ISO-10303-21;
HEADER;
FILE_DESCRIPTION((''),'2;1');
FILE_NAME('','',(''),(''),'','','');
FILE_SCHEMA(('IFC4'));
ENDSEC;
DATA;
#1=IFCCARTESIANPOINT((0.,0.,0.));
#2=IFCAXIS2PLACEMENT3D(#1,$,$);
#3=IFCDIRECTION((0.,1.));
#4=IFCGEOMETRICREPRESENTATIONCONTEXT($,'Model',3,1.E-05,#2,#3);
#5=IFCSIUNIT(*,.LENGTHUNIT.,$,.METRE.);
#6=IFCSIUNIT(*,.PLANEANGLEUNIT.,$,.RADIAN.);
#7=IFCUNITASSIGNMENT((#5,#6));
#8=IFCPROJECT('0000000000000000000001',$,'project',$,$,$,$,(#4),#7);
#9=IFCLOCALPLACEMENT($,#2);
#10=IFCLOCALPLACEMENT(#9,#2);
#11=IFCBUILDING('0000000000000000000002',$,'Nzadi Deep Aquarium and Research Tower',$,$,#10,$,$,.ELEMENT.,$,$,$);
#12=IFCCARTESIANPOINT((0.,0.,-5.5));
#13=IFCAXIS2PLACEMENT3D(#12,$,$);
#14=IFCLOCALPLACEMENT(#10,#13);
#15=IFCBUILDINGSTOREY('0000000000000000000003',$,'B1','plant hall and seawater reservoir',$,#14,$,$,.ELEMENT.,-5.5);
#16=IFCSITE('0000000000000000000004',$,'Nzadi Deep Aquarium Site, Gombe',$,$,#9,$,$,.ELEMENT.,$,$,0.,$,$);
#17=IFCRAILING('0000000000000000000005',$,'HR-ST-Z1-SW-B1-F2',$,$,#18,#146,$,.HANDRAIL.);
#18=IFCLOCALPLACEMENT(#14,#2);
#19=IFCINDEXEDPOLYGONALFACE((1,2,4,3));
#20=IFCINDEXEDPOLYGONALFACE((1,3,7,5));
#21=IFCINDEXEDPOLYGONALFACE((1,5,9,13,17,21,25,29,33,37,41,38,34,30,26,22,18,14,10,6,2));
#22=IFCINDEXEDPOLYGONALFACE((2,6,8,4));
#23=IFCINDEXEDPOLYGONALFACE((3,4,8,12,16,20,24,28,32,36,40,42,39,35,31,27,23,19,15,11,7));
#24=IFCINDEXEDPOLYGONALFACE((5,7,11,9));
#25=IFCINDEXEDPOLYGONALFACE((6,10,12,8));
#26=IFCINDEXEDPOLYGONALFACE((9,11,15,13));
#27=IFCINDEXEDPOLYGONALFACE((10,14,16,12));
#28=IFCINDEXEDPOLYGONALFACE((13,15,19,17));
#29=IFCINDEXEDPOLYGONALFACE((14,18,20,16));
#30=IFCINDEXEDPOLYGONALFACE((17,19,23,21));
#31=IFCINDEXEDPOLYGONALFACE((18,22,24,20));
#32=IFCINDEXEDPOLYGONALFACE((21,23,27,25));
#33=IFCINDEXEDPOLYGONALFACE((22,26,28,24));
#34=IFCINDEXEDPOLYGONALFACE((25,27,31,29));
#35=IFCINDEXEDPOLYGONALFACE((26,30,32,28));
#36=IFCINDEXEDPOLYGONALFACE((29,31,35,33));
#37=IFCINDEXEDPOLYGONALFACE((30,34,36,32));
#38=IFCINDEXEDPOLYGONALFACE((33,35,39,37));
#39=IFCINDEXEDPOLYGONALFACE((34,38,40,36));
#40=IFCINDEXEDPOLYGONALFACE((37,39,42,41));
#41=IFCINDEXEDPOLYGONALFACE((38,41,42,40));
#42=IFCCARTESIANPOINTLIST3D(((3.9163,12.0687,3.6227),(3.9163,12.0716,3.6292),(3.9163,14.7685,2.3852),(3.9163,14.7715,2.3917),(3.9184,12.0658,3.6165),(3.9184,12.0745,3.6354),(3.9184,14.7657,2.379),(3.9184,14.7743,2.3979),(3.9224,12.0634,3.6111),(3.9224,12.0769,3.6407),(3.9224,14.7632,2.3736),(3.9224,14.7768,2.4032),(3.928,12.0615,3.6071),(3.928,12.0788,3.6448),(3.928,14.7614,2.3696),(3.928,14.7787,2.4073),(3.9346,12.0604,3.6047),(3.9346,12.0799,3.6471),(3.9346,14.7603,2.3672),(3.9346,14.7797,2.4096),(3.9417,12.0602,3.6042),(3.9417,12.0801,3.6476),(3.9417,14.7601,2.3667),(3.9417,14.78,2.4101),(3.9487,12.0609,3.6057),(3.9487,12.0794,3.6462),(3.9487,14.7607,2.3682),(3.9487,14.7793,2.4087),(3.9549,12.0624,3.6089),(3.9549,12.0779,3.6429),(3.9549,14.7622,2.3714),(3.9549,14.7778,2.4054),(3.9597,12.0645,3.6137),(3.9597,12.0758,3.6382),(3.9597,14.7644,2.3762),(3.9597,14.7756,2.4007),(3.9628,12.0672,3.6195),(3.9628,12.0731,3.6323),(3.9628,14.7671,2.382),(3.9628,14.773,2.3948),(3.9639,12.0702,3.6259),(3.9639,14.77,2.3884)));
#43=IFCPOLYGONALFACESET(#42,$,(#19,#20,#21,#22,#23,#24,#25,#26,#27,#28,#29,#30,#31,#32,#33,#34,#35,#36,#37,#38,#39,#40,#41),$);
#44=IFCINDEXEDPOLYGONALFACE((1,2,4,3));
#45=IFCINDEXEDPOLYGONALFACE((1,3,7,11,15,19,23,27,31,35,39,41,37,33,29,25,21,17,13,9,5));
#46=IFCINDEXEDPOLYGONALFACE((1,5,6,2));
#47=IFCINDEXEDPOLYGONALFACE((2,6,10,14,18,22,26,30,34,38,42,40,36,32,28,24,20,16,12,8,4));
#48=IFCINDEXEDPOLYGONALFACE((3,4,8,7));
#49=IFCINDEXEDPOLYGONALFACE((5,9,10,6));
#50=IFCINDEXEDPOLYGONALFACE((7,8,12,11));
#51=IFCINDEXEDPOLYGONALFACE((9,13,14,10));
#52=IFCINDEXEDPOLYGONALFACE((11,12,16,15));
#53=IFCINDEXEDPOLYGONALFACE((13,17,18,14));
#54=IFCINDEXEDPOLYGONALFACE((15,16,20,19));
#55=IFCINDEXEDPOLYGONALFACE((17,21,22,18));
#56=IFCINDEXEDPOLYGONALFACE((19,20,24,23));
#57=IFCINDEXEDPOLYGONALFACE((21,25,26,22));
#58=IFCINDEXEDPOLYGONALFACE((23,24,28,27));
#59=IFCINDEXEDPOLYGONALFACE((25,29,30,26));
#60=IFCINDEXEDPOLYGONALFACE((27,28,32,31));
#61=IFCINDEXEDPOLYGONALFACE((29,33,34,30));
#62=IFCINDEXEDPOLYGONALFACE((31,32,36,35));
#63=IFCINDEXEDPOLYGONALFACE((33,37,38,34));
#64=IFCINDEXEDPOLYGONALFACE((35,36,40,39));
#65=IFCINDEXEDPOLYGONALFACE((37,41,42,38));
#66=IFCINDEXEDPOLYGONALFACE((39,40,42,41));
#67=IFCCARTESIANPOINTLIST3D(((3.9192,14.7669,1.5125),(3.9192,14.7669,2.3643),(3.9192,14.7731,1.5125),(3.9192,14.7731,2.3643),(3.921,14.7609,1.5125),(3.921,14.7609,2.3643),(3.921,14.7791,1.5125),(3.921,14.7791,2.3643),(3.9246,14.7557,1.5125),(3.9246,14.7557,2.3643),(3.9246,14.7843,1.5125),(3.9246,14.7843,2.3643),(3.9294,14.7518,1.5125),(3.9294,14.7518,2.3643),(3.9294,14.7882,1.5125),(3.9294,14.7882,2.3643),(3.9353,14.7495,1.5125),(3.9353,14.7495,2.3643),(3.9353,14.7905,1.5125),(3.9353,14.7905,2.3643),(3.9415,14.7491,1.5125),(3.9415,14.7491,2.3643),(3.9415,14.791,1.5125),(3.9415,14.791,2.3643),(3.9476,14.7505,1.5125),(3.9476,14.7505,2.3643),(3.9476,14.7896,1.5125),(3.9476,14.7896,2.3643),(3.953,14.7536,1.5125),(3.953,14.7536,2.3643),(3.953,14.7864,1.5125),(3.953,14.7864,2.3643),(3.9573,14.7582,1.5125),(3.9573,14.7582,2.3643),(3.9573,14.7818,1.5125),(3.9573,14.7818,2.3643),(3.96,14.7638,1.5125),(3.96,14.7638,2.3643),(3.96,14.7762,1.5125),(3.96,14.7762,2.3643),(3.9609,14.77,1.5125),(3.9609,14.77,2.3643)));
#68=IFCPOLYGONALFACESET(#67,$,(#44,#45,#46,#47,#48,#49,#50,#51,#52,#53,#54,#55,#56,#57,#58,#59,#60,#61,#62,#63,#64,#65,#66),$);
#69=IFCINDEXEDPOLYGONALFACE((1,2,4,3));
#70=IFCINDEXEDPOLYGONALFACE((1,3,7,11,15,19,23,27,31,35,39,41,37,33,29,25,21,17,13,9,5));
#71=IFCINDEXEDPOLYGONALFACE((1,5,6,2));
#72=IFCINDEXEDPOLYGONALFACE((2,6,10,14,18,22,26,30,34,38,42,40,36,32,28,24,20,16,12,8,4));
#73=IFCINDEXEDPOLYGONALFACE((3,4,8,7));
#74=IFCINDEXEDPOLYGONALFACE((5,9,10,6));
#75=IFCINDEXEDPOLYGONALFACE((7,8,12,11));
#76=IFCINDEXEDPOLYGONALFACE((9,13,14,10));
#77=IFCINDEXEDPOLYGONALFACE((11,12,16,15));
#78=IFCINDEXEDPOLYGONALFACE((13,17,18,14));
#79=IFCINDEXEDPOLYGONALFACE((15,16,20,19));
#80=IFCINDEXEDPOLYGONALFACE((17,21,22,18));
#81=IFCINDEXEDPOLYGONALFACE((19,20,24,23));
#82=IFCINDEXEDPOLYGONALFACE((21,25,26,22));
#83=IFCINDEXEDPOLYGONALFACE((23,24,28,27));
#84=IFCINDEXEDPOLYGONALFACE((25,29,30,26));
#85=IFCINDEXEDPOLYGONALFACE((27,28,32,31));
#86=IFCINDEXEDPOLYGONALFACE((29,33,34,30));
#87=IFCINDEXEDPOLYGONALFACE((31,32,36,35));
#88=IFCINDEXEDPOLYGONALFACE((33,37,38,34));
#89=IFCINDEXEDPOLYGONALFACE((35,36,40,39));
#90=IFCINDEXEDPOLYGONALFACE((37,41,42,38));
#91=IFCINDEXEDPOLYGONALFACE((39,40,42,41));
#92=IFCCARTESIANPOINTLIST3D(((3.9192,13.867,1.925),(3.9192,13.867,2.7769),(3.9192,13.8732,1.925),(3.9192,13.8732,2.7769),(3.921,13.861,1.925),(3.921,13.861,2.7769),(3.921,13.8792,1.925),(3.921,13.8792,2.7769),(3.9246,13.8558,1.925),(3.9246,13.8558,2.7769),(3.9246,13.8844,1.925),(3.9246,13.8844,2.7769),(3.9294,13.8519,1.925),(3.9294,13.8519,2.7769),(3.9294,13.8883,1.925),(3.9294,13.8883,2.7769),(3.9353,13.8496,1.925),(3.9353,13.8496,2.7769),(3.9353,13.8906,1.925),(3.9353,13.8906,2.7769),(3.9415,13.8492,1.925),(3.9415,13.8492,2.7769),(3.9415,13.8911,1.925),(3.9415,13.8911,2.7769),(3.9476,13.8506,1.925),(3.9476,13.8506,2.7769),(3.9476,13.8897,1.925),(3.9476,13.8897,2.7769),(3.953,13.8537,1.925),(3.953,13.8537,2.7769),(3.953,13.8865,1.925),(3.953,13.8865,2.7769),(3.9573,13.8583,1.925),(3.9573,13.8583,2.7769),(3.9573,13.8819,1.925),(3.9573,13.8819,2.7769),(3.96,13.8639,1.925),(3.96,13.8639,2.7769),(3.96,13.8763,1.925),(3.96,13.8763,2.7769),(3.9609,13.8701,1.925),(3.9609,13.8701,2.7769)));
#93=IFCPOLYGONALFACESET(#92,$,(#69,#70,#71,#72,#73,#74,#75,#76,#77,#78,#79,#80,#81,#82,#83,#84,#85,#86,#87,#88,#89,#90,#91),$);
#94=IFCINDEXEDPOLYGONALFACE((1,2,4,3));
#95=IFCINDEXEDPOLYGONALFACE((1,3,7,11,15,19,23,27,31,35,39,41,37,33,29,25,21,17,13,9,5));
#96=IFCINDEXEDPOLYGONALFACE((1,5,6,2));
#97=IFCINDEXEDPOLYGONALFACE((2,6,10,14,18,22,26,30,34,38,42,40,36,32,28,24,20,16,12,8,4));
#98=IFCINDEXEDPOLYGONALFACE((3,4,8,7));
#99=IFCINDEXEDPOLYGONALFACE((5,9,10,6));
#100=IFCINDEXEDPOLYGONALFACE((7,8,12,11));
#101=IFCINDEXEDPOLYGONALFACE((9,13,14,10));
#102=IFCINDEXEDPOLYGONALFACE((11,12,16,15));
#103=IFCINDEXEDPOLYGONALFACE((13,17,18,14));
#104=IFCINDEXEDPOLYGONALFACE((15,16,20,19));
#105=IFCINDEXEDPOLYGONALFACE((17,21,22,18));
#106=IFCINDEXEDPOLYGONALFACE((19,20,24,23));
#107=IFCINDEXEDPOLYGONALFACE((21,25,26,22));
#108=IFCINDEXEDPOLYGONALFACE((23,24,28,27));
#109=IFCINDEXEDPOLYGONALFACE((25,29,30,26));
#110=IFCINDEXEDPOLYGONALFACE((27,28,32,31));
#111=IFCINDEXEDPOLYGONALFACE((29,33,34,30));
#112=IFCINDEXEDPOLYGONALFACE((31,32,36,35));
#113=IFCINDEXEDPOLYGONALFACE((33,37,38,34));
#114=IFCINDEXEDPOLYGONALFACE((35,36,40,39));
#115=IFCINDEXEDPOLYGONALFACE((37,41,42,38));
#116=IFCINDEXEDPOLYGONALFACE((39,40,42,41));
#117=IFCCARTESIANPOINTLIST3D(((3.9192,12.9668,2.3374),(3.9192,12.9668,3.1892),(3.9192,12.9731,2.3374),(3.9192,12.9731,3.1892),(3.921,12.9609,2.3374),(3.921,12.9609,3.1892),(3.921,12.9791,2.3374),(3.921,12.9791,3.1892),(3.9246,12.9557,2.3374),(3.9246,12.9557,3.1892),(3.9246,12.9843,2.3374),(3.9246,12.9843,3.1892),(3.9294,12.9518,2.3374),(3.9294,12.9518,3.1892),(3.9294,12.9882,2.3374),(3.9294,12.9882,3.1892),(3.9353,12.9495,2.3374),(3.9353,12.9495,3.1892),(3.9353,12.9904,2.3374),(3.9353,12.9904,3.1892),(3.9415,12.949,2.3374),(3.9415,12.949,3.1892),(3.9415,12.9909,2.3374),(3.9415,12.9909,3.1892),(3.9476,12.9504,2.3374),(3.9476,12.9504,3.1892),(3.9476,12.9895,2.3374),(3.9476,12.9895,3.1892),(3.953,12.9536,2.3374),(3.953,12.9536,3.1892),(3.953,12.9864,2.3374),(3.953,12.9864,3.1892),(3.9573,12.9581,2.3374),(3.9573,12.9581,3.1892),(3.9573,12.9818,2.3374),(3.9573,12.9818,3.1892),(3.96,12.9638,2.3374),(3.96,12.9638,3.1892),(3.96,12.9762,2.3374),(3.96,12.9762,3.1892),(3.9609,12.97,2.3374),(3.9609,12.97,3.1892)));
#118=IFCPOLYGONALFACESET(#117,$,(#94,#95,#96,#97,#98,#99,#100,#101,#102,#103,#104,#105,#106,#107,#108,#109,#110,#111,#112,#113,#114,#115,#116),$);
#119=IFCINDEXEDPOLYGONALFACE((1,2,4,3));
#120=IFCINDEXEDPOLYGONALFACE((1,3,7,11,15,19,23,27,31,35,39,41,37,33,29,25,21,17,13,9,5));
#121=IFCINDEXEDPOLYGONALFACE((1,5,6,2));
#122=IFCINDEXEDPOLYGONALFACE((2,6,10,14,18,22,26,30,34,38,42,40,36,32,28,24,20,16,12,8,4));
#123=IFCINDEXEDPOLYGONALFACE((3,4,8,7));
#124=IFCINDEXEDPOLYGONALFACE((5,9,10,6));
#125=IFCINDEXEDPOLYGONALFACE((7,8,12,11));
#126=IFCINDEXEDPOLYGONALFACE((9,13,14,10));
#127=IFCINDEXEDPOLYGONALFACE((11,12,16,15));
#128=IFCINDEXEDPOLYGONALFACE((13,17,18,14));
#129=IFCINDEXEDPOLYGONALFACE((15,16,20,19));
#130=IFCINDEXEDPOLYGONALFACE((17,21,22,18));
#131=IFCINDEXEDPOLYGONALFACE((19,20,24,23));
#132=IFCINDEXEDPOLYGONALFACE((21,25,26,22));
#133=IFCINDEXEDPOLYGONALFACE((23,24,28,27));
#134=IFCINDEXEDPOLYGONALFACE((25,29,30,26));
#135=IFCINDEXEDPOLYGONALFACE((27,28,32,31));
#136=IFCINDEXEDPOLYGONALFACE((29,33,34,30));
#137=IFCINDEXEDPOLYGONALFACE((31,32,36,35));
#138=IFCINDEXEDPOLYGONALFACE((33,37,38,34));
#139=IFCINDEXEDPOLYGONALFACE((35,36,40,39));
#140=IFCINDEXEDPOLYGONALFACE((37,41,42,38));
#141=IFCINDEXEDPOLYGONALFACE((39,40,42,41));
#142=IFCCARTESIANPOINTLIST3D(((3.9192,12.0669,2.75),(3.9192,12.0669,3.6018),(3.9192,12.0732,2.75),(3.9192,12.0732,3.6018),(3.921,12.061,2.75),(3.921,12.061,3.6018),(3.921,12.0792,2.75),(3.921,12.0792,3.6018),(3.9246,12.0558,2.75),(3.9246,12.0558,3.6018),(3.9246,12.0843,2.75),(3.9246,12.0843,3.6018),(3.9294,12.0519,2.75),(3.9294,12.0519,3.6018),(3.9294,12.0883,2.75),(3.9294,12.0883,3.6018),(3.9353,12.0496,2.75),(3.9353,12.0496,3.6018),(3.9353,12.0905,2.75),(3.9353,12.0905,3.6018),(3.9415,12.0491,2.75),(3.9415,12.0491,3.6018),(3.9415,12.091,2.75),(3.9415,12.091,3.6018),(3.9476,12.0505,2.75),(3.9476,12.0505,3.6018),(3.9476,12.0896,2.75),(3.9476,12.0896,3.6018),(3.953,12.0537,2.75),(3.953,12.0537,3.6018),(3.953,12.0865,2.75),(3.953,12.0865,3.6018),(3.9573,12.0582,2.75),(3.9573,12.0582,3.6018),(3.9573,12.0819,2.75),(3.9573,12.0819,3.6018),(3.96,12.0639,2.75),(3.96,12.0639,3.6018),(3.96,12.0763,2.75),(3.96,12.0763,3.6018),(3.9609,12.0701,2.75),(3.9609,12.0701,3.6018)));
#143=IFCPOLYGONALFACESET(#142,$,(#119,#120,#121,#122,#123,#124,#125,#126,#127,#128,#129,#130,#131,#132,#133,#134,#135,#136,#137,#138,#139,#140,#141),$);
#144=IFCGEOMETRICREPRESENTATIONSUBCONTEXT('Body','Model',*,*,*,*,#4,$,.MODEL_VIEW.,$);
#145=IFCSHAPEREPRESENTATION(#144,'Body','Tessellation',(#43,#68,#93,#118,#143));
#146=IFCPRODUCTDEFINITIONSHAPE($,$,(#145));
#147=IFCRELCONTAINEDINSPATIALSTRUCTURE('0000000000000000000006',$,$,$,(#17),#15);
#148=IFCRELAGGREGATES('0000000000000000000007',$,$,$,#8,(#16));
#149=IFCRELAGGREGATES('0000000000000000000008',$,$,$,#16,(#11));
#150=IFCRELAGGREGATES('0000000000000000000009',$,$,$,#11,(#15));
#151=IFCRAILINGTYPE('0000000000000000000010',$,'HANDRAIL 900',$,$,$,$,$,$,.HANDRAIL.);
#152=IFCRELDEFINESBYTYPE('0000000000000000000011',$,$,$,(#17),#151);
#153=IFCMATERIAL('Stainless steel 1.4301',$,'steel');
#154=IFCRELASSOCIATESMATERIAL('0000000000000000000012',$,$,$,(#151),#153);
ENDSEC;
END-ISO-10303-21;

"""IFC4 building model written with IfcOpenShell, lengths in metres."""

from ifc_helpers import new_model, si_unit, direction, frame, origin, origin_2d, place, context, subcontext, project, spatial, circle, extrude, material, type_object, element, save


model = new_model("IFC4")

# Units and contexts
model_context = context("Model", 3, precision=1e-05, world=origin(), true_north=direction((0.0, 1.0)))
body_context = subcontext(model_context, "Body", "Model", "MODEL_VIEW")
ifc_project = project(units=[si_unit("LENGTHUNIT", "METRE"), si_unit("PLANEANGLEUNIT", "RADIAN")], contexts=[model_context])

# Site, building, storey
site_placement = place(None, origin())
site = spatial("IfcSite", under=ifc_project, at=site_placement, Name="Nzadi Deep Aquarium Site, Gombe", CompositionType="ELEMENT", RefElevation=0.0)
building_placement = place(site_placement, origin())
building = spatial("IfcBuilding", under=site, at=building_placement, Name="Nzadi Deep Aquarium and Research Tower", CompositionType="ELEMENT")
storey_placement = place(building_placement, frame((0.0, 0.0, -5.5)))
storey = spatial("IfcBuildingStorey", under=building, at=storey_placement, Name="B1", Description="plant hall and seawater reservoir", CompositionType="ELEMENT", Elevation=-5.5)

# Railing
ifc_material_1 = material(Name="Stainless steel 1.4301", Category="steel")
railing_type = type_object("IfcRailingType", Name="HANDRAIL 900", PredefinedType="HANDRAIL", material=ifc_material_1)
for number, where, name in (
    (1, (3.9399, 14.77, 1.5125), "HR-ST-Z1-SW-B1-F2"),
):
    element("IfcRailing", number, at=place(storey_placement, frame(where)), inside=storey, type_object=railing_type, Name=name, PredefinedType="HANDRAIL", context=body_context, shape_type="SweptSolid", body=[
        extrude(circle(Radius=0.0239, at=origin_2d()), frame((0.0, 0.0, 0.876), z_axis=(0.0, -0.909056, 0.416675), x_axis=(1.0, 0.0, 0.0)), (0.0, 0.0, 1.0), 2.97),
        extrude(circle(Radius=0.021, at=origin_2d()), origin(), (0.0, 0.0, 1.0), 0.8518),
        extrude(circle(Radius=0.021, at=origin_2d()), frame((0.0, -0.8999, 0.4126)), (0.0, 0.0, 1.0), 0.8518),
        extrude(circle(Radius=0.021, at=origin_2d()), frame((0.0, -1.8, 0.825)), (0.0, 0.0, 1.0), 0.8518),
        extrude(circle(Radius=0.021, at=origin_2d()), frame((0.0, -2.7, 1.2375)), (0.0, 0.0, 1.0), 0.8518),
    ])

save(model, "model.ifc")
